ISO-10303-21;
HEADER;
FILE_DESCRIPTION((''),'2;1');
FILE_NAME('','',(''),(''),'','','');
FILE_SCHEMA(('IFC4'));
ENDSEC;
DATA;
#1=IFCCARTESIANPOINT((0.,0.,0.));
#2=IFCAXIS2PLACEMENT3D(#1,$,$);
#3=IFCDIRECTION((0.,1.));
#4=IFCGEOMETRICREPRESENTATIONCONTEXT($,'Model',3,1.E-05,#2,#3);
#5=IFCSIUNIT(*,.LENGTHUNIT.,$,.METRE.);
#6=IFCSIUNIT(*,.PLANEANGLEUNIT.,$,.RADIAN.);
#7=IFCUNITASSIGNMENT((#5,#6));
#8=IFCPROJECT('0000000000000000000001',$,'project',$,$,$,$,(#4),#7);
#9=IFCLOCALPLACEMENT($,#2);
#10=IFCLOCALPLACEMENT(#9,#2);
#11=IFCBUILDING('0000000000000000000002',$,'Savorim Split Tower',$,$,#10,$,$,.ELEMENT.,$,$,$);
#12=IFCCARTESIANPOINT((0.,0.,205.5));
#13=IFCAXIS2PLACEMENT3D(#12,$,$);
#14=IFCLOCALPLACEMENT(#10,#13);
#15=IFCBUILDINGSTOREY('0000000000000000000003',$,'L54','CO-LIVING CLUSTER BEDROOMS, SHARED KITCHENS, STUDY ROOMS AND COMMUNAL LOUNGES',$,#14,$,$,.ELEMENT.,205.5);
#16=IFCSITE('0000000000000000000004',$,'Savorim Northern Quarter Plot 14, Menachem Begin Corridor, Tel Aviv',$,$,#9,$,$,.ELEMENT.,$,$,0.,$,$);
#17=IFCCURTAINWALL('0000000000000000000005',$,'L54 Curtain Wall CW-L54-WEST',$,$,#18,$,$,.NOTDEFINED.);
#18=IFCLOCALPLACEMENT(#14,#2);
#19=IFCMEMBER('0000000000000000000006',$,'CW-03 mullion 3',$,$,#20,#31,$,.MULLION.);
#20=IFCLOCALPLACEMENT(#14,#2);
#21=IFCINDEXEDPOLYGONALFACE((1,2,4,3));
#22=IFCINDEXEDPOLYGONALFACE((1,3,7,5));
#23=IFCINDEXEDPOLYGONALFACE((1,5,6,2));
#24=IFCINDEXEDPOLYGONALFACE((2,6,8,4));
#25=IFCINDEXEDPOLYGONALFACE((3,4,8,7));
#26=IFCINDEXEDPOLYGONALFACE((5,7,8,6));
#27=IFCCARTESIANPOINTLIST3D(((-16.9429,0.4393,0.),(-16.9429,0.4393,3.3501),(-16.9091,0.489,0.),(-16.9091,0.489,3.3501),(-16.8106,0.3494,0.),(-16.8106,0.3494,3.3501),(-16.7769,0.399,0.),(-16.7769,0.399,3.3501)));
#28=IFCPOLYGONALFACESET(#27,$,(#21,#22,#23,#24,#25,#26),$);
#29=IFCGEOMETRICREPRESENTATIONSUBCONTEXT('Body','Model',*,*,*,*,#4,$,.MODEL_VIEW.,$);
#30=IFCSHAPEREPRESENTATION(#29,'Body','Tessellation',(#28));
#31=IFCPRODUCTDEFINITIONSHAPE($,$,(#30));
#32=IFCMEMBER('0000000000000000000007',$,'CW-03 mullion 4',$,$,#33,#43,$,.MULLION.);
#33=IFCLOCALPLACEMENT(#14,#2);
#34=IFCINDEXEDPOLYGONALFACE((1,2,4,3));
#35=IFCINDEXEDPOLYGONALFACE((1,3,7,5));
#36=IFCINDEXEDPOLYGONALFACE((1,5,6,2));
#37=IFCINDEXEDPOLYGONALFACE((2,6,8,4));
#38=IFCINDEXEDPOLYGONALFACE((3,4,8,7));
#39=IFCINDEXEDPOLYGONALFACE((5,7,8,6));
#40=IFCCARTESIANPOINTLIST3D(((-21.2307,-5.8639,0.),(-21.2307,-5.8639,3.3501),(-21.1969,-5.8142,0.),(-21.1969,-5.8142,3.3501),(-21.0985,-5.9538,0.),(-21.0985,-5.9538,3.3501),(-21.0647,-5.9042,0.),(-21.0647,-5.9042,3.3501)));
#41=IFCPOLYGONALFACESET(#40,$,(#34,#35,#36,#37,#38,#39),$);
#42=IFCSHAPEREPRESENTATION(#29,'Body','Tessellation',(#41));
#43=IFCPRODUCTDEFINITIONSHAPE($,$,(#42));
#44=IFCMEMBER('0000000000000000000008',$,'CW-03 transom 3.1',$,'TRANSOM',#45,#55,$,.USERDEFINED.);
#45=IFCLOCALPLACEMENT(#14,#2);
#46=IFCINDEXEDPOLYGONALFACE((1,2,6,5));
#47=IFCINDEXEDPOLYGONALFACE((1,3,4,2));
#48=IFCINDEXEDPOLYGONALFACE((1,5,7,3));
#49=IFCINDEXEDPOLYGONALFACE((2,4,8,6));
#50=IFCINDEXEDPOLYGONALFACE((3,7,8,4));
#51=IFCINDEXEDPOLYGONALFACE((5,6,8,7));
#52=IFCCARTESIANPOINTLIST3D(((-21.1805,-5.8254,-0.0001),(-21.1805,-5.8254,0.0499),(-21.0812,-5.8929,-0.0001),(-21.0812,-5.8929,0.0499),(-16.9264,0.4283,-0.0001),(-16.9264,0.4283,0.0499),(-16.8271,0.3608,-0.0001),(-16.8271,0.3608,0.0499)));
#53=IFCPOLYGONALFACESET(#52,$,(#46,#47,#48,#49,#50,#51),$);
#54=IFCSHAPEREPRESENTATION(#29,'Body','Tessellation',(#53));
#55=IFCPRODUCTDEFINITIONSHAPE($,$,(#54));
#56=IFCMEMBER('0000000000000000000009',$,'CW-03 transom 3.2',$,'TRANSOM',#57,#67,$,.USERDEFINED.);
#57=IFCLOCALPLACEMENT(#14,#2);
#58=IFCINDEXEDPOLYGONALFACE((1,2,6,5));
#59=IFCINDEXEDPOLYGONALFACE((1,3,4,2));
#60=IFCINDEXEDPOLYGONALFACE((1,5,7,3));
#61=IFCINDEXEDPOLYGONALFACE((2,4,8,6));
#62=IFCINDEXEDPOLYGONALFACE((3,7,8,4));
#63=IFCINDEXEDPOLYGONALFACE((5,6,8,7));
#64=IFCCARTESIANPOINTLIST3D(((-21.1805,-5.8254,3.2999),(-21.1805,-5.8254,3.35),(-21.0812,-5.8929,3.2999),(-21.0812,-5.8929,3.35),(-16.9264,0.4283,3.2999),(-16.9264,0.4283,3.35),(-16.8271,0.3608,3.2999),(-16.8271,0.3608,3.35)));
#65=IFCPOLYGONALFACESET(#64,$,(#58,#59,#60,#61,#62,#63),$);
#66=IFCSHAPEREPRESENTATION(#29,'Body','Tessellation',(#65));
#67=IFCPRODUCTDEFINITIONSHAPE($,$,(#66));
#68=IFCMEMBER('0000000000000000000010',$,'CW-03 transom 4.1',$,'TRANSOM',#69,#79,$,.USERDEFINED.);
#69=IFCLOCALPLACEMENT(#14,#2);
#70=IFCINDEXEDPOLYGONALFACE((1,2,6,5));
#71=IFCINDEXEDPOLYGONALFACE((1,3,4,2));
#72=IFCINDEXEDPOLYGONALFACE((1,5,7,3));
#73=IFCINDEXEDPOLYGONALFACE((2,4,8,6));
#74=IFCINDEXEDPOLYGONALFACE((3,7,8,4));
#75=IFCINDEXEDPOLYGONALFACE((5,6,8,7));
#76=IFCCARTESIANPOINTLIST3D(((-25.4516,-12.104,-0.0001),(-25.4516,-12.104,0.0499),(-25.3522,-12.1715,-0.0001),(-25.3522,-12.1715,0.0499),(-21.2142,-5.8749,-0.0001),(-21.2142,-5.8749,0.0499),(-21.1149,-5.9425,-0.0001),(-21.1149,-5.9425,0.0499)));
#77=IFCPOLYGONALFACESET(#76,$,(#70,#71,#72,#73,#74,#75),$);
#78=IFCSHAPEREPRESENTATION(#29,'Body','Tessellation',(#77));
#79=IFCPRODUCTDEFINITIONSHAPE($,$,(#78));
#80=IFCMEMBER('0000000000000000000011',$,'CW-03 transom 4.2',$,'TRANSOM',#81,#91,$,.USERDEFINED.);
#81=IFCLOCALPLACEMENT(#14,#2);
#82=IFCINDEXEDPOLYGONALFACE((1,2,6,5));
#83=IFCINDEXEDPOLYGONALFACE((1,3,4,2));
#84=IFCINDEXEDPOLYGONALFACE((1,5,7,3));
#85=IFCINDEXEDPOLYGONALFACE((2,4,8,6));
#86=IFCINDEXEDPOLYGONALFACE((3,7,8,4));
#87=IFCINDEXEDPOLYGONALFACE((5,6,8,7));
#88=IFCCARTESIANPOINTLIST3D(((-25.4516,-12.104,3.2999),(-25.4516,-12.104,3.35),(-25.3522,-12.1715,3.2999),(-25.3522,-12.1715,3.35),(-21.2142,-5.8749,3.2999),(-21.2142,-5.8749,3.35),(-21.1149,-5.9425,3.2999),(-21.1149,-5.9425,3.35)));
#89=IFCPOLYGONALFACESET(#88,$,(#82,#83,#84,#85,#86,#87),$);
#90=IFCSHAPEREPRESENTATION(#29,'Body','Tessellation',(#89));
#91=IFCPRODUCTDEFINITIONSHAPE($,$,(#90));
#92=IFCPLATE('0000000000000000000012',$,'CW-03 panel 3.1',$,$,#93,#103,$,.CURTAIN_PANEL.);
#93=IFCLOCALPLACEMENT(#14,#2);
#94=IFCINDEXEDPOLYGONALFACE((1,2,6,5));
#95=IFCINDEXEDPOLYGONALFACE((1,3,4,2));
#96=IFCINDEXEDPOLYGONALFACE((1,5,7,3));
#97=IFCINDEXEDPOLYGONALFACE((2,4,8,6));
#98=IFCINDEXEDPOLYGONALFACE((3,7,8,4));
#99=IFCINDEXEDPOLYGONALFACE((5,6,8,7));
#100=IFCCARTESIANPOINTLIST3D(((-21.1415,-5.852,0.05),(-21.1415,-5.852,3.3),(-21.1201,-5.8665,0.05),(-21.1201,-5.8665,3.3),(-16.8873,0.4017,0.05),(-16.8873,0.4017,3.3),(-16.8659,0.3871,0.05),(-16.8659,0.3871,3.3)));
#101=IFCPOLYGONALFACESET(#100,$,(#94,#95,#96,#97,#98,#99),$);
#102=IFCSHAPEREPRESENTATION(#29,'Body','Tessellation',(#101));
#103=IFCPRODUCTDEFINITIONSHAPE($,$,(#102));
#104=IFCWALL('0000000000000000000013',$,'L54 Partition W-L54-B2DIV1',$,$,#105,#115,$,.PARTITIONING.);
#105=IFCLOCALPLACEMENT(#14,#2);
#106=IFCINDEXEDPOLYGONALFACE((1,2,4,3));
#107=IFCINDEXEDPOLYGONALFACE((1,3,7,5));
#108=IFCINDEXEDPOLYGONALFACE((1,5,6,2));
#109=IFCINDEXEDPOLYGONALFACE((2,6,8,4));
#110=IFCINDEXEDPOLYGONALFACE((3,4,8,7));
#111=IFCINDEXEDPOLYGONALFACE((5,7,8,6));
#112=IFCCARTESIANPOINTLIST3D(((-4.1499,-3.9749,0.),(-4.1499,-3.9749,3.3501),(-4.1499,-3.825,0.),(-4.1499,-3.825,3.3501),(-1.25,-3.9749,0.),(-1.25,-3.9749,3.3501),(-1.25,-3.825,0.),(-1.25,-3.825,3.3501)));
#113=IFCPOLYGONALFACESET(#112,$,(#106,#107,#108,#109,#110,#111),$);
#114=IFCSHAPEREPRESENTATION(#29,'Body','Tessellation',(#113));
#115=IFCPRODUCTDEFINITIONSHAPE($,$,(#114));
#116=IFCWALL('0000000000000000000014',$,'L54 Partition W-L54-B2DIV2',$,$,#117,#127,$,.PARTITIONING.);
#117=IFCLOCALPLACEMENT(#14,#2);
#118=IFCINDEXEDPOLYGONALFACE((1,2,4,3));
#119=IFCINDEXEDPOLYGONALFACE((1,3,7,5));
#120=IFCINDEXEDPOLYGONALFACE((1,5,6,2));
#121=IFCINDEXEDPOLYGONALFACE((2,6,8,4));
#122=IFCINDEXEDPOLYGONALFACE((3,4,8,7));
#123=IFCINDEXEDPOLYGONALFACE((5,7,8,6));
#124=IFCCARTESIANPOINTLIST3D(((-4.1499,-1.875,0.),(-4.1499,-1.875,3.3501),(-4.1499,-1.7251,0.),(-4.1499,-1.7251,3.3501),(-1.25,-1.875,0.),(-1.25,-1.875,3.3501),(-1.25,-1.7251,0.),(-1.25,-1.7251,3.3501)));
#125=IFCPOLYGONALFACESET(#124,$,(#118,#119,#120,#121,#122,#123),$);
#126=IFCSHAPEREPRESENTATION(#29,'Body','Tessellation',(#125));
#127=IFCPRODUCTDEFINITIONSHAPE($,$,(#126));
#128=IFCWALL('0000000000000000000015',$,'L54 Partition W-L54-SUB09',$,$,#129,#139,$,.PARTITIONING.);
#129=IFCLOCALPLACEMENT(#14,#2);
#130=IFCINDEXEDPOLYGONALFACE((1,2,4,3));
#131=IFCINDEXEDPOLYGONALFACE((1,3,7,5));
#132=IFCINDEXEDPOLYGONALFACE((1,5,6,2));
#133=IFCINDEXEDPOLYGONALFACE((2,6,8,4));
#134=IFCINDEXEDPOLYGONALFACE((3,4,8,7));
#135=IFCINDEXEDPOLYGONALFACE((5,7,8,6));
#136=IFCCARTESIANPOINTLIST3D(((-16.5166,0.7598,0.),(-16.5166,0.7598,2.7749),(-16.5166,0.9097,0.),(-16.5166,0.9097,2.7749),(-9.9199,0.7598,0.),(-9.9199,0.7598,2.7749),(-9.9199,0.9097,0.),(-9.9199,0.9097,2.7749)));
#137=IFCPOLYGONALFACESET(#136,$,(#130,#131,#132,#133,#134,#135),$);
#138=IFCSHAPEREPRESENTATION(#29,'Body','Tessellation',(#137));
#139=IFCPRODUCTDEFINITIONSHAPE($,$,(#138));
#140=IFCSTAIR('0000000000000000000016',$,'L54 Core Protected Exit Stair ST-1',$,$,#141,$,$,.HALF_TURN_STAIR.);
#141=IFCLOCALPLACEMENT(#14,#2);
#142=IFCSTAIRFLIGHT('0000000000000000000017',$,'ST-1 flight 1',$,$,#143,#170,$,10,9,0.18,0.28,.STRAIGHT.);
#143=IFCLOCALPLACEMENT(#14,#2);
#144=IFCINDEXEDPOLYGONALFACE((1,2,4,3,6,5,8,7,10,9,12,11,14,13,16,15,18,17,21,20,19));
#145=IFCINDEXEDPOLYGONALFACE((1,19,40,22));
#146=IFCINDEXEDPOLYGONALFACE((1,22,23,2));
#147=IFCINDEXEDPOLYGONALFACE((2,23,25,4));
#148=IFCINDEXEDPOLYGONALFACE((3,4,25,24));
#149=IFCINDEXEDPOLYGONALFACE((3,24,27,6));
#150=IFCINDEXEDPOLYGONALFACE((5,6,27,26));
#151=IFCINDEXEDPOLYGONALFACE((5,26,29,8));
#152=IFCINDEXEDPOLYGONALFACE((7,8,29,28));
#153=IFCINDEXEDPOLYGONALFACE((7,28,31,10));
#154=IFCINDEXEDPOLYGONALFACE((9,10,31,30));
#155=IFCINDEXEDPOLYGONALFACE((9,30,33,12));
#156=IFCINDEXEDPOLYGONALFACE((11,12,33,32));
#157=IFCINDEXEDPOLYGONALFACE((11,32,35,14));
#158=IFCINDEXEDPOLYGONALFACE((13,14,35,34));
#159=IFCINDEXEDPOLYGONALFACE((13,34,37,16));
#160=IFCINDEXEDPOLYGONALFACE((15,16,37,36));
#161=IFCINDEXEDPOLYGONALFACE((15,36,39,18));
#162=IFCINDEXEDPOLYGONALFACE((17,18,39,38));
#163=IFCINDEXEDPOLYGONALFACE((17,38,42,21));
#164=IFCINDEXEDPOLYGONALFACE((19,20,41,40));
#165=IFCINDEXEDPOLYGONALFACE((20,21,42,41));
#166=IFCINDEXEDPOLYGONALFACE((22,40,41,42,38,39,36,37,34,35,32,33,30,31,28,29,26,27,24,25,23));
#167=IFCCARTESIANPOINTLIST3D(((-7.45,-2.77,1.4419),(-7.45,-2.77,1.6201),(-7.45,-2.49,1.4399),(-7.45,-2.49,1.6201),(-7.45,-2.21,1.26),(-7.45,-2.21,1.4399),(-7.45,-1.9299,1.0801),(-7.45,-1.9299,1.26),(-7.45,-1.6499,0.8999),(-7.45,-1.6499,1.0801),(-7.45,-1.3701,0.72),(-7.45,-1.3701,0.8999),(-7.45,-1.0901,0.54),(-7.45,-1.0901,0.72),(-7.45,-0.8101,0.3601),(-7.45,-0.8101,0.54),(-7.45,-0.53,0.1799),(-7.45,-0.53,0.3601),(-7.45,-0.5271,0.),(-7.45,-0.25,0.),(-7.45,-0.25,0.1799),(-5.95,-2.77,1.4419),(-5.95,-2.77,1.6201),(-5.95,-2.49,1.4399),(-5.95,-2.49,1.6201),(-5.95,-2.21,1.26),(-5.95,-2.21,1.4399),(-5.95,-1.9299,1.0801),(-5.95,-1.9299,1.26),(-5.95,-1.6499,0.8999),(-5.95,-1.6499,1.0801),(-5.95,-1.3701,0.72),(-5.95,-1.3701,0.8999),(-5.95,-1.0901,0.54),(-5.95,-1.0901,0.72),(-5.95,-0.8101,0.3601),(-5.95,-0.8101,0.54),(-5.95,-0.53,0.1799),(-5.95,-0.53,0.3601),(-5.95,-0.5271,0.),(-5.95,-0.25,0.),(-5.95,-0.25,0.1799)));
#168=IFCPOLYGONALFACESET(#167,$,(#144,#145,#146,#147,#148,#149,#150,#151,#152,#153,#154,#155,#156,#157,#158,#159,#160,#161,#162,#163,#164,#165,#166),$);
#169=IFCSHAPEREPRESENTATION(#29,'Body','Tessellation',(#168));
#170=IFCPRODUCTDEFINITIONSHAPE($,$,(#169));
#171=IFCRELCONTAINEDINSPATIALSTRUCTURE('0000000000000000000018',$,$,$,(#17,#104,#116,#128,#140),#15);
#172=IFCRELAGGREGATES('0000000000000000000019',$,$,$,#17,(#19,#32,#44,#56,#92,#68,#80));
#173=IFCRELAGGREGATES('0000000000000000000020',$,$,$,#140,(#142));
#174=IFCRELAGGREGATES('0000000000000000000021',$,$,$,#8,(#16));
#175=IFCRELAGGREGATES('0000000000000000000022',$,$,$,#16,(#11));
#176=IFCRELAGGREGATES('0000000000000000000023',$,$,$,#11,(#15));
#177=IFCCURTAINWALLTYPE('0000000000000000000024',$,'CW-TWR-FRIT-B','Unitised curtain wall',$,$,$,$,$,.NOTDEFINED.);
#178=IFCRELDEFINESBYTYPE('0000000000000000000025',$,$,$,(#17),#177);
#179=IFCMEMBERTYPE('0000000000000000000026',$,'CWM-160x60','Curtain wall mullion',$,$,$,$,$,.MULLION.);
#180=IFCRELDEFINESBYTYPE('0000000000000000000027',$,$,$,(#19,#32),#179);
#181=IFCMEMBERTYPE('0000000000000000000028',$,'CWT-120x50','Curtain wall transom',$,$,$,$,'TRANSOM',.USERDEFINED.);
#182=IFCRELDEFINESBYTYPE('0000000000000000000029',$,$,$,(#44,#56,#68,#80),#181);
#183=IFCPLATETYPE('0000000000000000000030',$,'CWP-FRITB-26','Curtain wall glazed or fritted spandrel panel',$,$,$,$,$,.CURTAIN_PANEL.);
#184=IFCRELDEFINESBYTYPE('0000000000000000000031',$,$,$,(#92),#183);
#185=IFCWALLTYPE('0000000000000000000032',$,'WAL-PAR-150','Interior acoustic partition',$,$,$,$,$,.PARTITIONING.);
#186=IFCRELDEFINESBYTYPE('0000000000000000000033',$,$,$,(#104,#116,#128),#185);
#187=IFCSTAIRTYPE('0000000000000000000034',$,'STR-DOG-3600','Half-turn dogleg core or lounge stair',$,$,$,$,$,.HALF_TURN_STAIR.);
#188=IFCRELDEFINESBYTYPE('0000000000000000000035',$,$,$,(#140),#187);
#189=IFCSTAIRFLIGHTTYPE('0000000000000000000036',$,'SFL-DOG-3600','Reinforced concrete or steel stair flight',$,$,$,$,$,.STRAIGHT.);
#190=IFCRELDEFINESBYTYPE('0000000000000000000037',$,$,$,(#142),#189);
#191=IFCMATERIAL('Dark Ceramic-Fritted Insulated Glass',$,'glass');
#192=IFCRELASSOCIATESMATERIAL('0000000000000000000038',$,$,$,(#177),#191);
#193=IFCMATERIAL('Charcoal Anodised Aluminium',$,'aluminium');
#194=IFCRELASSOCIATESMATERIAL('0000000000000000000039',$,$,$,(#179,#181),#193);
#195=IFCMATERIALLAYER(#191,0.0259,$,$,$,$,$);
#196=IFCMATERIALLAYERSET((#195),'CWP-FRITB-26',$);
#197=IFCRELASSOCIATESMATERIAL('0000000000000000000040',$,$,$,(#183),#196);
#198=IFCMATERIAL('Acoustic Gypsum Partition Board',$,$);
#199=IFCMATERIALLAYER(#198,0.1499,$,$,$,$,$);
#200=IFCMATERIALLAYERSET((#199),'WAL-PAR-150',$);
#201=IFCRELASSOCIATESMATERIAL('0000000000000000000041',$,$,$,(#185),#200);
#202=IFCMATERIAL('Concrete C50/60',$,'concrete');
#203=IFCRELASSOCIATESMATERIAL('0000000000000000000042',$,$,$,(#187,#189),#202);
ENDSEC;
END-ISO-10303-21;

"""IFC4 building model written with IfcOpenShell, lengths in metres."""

from ifc_helpers import new_model, si_unit, direction, frame, frame_2d, origin, origin_2d, place, context, subcontext, project, spatial, polyline, rectangle, outline, extrude, material, layer, layer_set, material_profile, profile_set, type_object, element, aggregate, save


model = new_model("IFC4")

# Units and contexts
model_context = context("Model", 3, precision=1e-05, world=origin(), true_north=direction((0.0, 1.0)))
body_context = subcontext(model_context, "Body", "Model", "MODEL_VIEW")
ifc_project = project(units=[si_unit("LENGTHUNIT", "METRE"), si_unit("PLANEANGLEUNIT", "RADIAN")], contexts=[model_context])

# Site, building, storey
site_placement = place(None, origin())
site = spatial("IfcSite", under=ifc_project, at=site_placement, Name="Savorim Northern Quarter Plot 14, Menachem Begin Corridor, Tel Aviv", CompositionType="ELEMENT", RefElevation=0.0)
building_placement = place(site_placement, origin())
building = spatial("IfcBuilding", under=site, at=building_placement, Name="Savorim Split Tower", CompositionType="ELEMENT")
storey_placement = place(building_placement, frame((0.0, 0.0, 205.5)))
storey = spatial("IfcBuildingStorey", under=building, at=storey_placement, Name="L54", Description="CO-LIVING CLUSTER BEDROOMS, SHARED KITCHENS, STUDY ROOMS AND COMMUNAL LOUNGES", CompositionType="ELEMENT", Elevation=205.5)

# Curtain wall, members, plate
ifc_material_1 = material(Name="Dark Ceramic-Fritted Insulated Glass", Category="glass")
curtain_wall_type = type_object("IfcCurtainWallType", Name="CW-TWR-FRIT-B", Description="Unitised curtain wall", PredefinedType="NOTDEFINED", material=ifc_material_1)
curtain_wall_placement = place(storey_placement, origin())
curtain_wall = element("IfcCurtainWall", 1, at=curtain_wall_placement, inside=storey, type_object=curtain_wall_type, Name="L54 Curtain Wall CW-L54-WEST", PredefinedType="NOTDEFINED")
ifc_material_2 = material(Name="Charcoal Anodised Aluminium", Category="aluminium")
ifc_material_profile_1 = material_profile(ifc_material_2, rectangle(XDim=0.1599, YDim=0.0601, at=origin_2d()), Name="ALU-M 160x60")
ifc_profile_set_1 = profile_set([ifc_material_profile_1], Name="Charcoal Anodised Aluminium")
member_type_1 = type_object("IfcMemberType", Name="CWM-160x60", Description="Curtain wall mullion", PredefinedType="MULLION", material=ifc_profile_set_1)
member_1_placement = place(storey_placement, frame((-16.8599, 0.4192, 0.0), z_axis=(0.0, 0.0, 1.0), x_axis=(0.826821, -0.562465, 0.0)))
member_1 = element("IfcMember", 2, at=member_1_placement, type_object=member_type_1, Name="CW-03 mullion 3", PredefinedType="MULLION", context=body_context, shape_type="SweptSolid", body=[
    extrude(rectangle(XDim=0.1599, YDim=0.0601, at=origin_2d()), origin(), (0.0, 0.0, 1.0), 3.3501),
])
member_2_placement = place(storey_placement, frame((-21.1477, -5.884, 0.0), z_axis=(0.0, 0.0, 1.0), x_axis=(0.826821, -0.562465, 0.0)))
member_2 = element("IfcMember", 3, at=member_2_placement, type_object=member_type_1, Name="CW-03 mullion 4", PredefinedType="MULLION", context=body_context, shape_type="SweptSolid", body=[
    extrude(rectangle(XDim=0.1599, YDim=0.0601, at=origin_2d()), origin(), (0.0, 0.0, 1.0), 3.3501),
])
ifc_material_profile_2 = material_profile(ifc_material_2, rectangle(XDim=0.1201, YDim=0.05, at=origin_2d()), Name="ALU-T 120x50")
ifc_profile_set_2 = profile_set([ifc_material_profile_2], Name="Charcoal Anodised Aluminium")
member_type_2 = type_object("IfcMemberType", Name="CWT-120x50", Description="Curtain wall transom", ElementType="TRANSOM", PredefinedType="USERDEFINED", material=ifc_profile_set_2)
member_3_placement = place(storey_placement, frame((-16.8767, 0.3945, 0.0249), z_axis=(-0.56246, -0.826824, 0.0), x_axis=(0.826824, -0.56246, 0.0)))
member_3 = element("IfcMember", 4, at=member_3_placement, type_object=member_type_2, Name="CW-03 transom 3.1", ObjectType="TRANSOM", PredefinedType="USERDEFINED", context=body_context, shape_type="SweptSolid", body=[
    extrude(rectangle(XDim=0.1201, YDim=0.05, at=origin_2d()), origin(), (0.0, 0.0, 1.0), 7.5635),
])
member_4_placement = place(storey_placement, frame((-16.8767, 0.3945, 3.325), z_axis=(-0.56246, -0.826824, 0.0), x_axis=(0.826824, -0.56246, 0.0)))
member_4 = element("IfcMember", 5, at=member_4_placement, type_object=member_type_2, Name="CW-03 transom 3.2", ObjectType="TRANSOM", PredefinedType="USERDEFINED", context=body_context, shape_type="SweptSolid", body=[
    extrude(rectangle(XDim=0.1201, YDim=0.05, at=origin_2d()), origin(), (0.0, 0.0, 1.0), 7.5635),
])
member_5_placement = place(storey_placement, frame((-21.1646, -5.9087, 0.0249), z_axis=(-0.562454, -0.826829, 0.0), x_axis=(0.826829, -0.562454, 0.0)))
member_5 = element("IfcMember", 6, at=member_5_placement, type_object=member_type_2, Name="CW-03 transom 4.1", ObjectType="TRANSOM", PredefinedType="USERDEFINED", context=body_context, shape_type="SweptSolid", body=[
    extrude(rectangle(XDim=0.1201, YDim=0.05, at=origin_2d()), origin(), (0.0, 0.0, 1.0), 7.5337),
])
member_6_placement = place(storey_placement, frame((-21.1646, -5.9087, 3.325), z_axis=(-0.562454, -0.826829, 0.0), x_axis=(0.826829, -0.562454, 0.0)))
member_6 = element("IfcMember", 7, at=member_6_placement, type_object=member_type_2, Name="CW-03 transom 4.2", ObjectType="TRANSOM", PredefinedType="USERDEFINED", context=body_context, shape_type="SweptSolid", body=[
    extrude(rectangle(XDim=0.1201, YDim=0.05, at=origin_2d()), origin(), (0.0, 0.0, 1.0), 7.5337),
])
ifc_layer_1 = layer(ifc_material_1, 0.0259)
ifc_layer_set_1 = layer_set([ifc_layer_1], Name="CWP-FRITB-26")
plate_type = type_object("IfcPlateType", Name="CWP-FRITB-26", Description="Curtain wall glazed or fritted spandrel panel", PredefinedType="CURTAIN_PANEL", material=ifc_layer_set_1)
plate_placement = place(storey_placement, frame((-19.0037, -2.7324, 0.05), z_axis=(0.0, 0.0, 1.0), x_axis=(-0.562465, -0.826821, 0.0)))
plate = element("IfcPlate", 8, at=plate_placement, type_object=plate_type, Name="CW-03 panel 3.1", PredefinedType="CURTAIN_PANEL", context=body_context, shape_type="SweptSolid", body=[
    extrude(rectangle(XDim=7.5635, YDim=0.0259, at=origin_2d()), origin(), (0.0, 0.0, 1.0), 3.25),
])
aggregate(curtain_wall, [member_1, member_2, member_3, member_4, plate, member_5, member_6])

# Shared definitions
ifc_material_3 = material(Name="Concrete C50/60", Category="concrete")

# Walls
ifc_material_4 = material(Name="Acoustic Gypsum Partition Board")
ifc_layer_2 = layer(ifc_material_4, 0.1499)
ifc_layer_set_2 = layer_set([ifc_layer_2], Name="WAL-PAR-150")
wall_type_1 = type_object("IfcWallType", Name="WAL-PAR-150", Description="Interior acoustic partition", PredefinedType="PARTITIONING", material=ifc_layer_set_2)
for number, where, z_axis, x_axis, name in (
    (9, (-4.1499, -3.8999, 0.0), (0.0, 0.0, 1.0), (1.0, 0.0, 0.0), "L54 Partition W-L54-B2DIV1"),
    (10, (-4.1499, -1.8, 0.0), (0.0, 0.0, 1.0), (1.0, 0.0, 0.0), "L54 Partition W-L54-B2DIV2"),
):
    element("IfcWall", number, at=place(storey_placement, frame(where, z_axis=z_axis, x_axis=x_axis)), inside=storey, type_object=wall_type_1, Name=name, PredefinedType="PARTITIONING", context=body_context, shape_type="SweptSolid", body=[
        extrude(rectangle(XDim=2.8999, YDim=0.1499, at=frame_2d((1.45, 0.0))), origin(), (0.0, 0.0, 1.0), 3.3501),
    ])
wall_1_placement = place(storey_placement, frame((-9.9199, 0.8347, 0.0), z_axis=(0.0, 0.0, 1.0), x_axis=(-1.0, 0.0, 0.0)))
element("IfcWall", 11, at=wall_1_placement, inside=storey, type_object=wall_type_1, Name="L54 Partition W-L54-SUB09", PredefinedType="PARTITIONING", context=body_context, shape_type="SweptSolid", body=[
    extrude(rectangle(XDim=6.5967, YDim=0.1499, at=frame_2d((3.2983, 0.0))), origin(), (0.0, 0.0, 1.0), 2.7749),
])

# Stair, stair flight
stair_type = type_object("IfcStairType", Name="STR-DOG-3600", Description="Half-turn dogleg core or lounge stair", PredefinedType="HALF_TURN_STAIR", material=ifc_material_3)
stair_placement = place(storey_placement, origin())
stair = element("IfcStair", 12, at=stair_placement, inside=storey, type_object=stair_type, Name="L54 Core Protected Exit Stair ST-1", PredefinedType="HALF_TURN_STAIR")
stair_flight_type = type_object("IfcStairFlightType", Name="SFL-DOG-3600", Description="Reinforced concrete or steel stair flight", PredefinedType="STRAIGHT", material=ifc_material_3)
stair_flight_1_placement = place(storey_placement, frame((-6.7, -0.25, 0.0), z_axis=(0.0, 0.0, 1.0), x_axis=(0.0, -1.0, 0.0)))
stair_flight_1 = element("IfcStairFlight", 13, at=stair_flight_1_placement, type_object=stair_flight_type, Name="ST-1 flight 1", NumberOfRisers=10, NumberOfTreads=9, PredefinedType="STRAIGHT", RiserHeight=0.18, TreadLength=0.28, context=body_context, shape_type="SweptSolid", body=[
    extrude(outline(polyline([(0.0, 0.0), (0.0, 0.1799), (0.28, 0.1799), (0.28, 0.3601), (0.5601, 0.3601), (0.5601, 0.54), (0.8401, 0.54), (0.8401, 0.72), (1.1201, 0.72), (1.1201, 0.8999), (1.3999, 0.8999), (1.3999, 1.0801), (1.6799, 1.0801), (1.6799, 1.26), (1.96, 1.26), (1.96, 1.4399), (2.24, 1.4399), (2.24, 1.6201), (2.52, 1.6201), (2.52, 1.8), (2.52, 1.4419), (0.2771, 0.0), (0.0, 0.0)])), frame((0.0, 0.75, 0.0), z_axis=(0.0, -1.0, 0.0), x_axis=(1.0, 0.0, 0.0)), (0.0, 0.0, 1.0), 1.5),
])
aggregate(stair, [stair_flight_1])

save(model, "model.ifc")
